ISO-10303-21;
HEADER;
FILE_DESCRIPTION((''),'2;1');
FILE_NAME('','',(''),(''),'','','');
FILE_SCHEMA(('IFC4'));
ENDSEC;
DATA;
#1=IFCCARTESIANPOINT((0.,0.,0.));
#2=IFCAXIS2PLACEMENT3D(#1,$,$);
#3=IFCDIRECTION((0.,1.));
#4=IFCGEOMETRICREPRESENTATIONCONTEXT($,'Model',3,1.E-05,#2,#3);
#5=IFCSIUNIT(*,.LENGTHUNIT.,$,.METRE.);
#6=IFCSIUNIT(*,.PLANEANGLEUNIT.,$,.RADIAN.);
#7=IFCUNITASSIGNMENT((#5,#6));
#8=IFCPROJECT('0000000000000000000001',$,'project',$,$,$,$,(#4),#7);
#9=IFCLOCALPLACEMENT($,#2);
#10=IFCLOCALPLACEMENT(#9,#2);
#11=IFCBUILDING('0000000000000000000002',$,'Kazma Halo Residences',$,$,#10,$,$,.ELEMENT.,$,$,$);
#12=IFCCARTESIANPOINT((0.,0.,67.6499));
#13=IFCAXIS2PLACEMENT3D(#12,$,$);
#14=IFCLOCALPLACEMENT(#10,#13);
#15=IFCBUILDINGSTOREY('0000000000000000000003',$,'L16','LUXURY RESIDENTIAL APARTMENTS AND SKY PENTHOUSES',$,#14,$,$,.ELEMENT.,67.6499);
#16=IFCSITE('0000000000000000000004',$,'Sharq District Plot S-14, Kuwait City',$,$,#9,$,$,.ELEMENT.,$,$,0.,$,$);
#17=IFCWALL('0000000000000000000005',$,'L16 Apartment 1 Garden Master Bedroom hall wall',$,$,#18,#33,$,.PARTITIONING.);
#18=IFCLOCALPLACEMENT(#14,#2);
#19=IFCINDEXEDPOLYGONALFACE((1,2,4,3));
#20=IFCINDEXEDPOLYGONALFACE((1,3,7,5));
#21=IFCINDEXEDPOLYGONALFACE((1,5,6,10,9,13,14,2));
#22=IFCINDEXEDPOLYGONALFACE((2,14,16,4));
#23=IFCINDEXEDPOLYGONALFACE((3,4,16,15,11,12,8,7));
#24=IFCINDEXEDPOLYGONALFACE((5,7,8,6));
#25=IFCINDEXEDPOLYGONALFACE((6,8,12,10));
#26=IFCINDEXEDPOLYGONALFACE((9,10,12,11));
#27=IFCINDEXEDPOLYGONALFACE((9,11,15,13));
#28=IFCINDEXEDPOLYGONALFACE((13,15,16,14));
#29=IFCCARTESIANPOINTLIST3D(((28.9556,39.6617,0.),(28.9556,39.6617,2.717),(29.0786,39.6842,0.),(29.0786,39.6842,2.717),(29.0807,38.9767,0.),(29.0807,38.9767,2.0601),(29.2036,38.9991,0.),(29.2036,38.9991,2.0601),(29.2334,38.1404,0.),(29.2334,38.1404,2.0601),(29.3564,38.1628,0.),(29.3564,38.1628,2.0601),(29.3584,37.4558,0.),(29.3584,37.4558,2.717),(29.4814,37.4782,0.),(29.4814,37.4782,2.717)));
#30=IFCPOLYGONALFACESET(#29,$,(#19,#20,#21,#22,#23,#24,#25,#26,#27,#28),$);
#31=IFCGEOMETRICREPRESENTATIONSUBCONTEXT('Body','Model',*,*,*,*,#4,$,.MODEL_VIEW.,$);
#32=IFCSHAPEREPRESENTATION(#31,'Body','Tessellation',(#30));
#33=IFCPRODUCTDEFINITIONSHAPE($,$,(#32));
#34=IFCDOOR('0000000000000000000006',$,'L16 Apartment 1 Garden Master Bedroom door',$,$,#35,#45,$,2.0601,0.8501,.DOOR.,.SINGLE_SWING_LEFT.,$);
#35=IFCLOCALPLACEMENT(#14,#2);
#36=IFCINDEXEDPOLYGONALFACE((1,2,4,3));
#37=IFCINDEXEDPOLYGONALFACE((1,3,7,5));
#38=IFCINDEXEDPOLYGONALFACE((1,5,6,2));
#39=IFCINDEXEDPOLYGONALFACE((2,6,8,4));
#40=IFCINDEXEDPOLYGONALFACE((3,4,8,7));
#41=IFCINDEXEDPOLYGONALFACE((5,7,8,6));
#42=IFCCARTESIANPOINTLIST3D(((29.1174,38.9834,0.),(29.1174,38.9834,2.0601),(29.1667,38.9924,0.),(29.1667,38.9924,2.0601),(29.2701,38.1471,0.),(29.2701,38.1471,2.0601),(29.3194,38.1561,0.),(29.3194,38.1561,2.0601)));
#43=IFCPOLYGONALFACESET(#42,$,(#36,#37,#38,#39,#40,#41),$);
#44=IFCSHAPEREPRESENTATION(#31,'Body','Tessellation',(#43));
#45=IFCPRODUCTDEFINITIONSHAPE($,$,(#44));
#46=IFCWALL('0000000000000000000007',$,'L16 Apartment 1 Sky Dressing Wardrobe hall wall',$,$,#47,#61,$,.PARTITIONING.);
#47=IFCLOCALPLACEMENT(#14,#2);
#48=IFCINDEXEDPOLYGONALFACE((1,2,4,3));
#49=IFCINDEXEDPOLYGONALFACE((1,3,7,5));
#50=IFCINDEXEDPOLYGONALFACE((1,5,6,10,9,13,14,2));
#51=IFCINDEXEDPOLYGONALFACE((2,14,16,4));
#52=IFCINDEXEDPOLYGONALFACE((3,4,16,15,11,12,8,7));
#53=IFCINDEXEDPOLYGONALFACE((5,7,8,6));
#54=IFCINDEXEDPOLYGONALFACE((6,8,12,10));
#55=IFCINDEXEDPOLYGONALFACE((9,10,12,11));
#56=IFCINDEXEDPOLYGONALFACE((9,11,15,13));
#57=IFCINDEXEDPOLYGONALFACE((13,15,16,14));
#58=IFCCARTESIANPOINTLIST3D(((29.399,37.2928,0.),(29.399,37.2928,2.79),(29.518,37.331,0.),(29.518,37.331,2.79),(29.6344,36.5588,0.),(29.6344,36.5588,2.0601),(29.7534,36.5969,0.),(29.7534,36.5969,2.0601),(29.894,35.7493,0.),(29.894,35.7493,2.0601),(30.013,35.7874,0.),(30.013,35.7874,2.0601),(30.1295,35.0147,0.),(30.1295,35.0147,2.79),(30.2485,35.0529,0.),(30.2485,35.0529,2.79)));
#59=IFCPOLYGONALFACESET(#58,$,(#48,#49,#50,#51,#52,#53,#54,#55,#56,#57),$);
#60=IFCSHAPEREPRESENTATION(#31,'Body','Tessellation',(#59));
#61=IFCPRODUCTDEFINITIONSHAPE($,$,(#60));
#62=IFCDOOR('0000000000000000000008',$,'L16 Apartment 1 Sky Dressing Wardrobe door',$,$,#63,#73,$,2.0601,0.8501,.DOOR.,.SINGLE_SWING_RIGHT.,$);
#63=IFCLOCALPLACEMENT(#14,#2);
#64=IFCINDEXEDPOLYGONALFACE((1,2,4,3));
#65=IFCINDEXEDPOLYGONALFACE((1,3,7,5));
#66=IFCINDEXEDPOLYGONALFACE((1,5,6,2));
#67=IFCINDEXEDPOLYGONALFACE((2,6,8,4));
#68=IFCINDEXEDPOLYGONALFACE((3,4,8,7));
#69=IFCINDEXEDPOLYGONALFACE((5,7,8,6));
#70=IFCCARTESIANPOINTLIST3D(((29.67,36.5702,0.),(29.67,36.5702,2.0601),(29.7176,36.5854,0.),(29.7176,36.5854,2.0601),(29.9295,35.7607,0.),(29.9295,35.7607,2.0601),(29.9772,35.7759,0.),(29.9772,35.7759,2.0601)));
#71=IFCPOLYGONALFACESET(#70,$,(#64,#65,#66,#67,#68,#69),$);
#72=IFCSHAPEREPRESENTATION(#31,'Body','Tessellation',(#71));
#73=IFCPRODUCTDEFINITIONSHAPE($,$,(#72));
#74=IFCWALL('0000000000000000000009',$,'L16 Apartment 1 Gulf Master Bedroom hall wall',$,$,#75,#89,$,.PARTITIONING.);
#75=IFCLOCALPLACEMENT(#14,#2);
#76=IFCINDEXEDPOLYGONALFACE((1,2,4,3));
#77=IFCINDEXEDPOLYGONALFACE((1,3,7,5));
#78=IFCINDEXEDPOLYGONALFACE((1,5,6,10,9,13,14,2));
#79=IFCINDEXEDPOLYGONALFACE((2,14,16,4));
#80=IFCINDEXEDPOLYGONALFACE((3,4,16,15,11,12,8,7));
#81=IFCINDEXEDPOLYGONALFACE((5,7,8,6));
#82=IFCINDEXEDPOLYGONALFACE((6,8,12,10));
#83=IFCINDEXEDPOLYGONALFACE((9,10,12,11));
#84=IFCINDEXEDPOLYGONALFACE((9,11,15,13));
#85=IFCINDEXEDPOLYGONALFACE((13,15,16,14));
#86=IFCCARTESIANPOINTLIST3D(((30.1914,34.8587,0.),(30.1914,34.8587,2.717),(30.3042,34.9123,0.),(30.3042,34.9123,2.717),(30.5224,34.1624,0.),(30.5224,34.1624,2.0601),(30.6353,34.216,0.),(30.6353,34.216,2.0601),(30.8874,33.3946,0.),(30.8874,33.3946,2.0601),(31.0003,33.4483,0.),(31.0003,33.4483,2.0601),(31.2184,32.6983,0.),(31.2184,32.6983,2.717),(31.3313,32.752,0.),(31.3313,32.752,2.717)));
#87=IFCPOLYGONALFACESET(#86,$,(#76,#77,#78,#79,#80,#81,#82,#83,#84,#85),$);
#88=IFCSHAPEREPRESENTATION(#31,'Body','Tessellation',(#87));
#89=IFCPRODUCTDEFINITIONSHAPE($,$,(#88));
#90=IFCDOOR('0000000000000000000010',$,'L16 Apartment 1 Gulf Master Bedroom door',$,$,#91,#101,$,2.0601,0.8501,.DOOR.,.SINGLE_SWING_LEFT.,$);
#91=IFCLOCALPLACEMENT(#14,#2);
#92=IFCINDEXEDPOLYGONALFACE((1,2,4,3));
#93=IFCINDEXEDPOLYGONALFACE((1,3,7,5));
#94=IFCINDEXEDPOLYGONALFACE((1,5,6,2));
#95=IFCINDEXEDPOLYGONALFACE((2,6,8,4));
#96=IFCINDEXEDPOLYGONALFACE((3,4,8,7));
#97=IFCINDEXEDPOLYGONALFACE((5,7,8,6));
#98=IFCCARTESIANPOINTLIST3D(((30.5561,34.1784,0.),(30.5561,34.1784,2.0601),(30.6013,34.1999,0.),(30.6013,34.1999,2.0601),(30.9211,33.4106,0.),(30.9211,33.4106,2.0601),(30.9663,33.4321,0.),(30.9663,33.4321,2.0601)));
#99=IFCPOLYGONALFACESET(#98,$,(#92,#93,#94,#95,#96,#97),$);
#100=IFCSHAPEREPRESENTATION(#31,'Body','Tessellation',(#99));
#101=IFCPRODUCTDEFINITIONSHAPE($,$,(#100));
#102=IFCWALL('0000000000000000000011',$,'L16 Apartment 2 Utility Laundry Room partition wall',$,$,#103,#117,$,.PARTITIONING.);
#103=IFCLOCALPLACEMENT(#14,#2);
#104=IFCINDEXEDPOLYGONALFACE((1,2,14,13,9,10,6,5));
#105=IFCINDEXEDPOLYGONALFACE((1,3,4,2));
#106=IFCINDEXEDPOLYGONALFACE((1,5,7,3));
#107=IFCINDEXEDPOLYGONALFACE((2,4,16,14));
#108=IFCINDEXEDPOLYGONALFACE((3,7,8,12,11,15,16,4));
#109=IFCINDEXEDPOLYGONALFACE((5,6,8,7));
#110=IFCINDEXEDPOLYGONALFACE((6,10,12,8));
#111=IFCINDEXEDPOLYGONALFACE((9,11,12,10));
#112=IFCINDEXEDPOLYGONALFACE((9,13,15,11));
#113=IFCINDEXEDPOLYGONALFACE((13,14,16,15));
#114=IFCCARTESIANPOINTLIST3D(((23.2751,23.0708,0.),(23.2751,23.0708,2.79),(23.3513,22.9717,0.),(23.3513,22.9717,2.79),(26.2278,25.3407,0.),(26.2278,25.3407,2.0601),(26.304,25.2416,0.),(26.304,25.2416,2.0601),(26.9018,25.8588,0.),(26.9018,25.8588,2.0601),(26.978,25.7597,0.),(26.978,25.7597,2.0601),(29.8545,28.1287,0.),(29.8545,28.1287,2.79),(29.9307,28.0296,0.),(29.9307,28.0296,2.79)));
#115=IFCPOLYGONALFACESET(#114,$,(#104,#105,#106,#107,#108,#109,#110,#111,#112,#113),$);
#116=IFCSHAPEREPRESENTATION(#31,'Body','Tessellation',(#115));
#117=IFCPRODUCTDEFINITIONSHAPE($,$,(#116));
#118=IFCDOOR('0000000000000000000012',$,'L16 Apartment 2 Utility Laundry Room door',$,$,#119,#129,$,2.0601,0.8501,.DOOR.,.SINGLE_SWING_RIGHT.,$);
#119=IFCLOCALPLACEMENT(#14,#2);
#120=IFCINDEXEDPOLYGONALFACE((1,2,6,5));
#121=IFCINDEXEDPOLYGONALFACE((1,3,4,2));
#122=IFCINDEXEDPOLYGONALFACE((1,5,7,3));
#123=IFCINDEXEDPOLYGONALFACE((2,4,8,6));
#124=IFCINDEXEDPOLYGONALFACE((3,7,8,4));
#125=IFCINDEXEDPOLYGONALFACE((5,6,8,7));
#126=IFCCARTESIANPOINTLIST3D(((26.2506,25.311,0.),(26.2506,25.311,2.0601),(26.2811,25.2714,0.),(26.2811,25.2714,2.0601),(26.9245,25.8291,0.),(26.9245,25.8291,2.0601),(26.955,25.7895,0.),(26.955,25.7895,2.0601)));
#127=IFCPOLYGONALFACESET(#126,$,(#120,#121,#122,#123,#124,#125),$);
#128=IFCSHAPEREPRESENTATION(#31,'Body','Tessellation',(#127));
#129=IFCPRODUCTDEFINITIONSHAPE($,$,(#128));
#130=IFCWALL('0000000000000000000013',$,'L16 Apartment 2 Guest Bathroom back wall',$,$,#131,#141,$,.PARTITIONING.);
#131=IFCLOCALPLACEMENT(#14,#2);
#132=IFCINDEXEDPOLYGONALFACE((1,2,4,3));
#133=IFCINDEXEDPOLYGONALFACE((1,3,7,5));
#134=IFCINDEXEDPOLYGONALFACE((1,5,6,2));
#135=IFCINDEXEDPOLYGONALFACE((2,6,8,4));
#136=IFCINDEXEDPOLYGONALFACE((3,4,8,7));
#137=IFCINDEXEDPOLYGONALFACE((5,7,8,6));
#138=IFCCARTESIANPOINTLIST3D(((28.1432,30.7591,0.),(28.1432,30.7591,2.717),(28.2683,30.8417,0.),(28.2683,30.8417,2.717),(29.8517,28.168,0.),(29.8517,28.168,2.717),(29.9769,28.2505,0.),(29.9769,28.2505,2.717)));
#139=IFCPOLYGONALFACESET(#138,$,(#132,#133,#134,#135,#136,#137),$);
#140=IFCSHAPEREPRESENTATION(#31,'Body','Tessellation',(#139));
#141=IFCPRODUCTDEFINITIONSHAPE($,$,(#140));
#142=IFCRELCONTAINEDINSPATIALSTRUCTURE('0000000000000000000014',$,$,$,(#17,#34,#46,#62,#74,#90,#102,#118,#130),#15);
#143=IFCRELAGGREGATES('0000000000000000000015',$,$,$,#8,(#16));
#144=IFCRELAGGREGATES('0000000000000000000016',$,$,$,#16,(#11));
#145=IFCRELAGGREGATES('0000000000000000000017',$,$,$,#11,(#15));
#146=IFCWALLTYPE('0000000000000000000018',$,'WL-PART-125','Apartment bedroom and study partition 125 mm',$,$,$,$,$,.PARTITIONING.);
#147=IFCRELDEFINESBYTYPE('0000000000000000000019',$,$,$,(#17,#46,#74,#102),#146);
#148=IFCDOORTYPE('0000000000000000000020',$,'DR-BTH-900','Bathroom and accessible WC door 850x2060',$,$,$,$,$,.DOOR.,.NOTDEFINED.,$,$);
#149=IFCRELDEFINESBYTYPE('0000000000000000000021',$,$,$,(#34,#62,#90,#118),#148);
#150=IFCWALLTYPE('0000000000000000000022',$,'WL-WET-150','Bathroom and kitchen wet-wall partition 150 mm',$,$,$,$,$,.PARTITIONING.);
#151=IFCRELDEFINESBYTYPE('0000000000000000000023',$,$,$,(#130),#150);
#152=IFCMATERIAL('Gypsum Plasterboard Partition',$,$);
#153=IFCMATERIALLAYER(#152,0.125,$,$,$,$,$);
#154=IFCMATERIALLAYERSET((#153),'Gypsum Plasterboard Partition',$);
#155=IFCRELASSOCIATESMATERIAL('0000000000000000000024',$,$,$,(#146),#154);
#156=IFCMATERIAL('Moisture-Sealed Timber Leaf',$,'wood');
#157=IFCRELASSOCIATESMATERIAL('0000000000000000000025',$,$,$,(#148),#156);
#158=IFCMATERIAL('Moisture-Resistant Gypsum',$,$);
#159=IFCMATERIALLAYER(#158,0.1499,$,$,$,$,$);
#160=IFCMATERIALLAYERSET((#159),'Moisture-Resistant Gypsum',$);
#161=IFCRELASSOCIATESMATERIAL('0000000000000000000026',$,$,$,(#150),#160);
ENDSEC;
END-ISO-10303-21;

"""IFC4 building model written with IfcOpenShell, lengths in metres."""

from ifc_helpers import new_model, si_unit, direction, frame, frame_2d, origin, place, context, subcontext, project, spatial, rectangle, extrude, material, layer, layer_set, type_object, element, fill, save


model = new_model("IFC4")

# Units and contexts
model_context = context("Model", 3, precision=1e-05, world=origin(), true_north=direction((0.0, 1.0)))
body_context = subcontext(model_context, "Body", "Model", "MODEL_VIEW")
ifc_project = project(units=[si_unit("LENGTHUNIT", "METRE"), si_unit("PLANEANGLEUNIT", "RADIAN")], contexts=[model_context])

# Site, building, storey
site_placement = place(None, origin())
site = spatial("IfcSite", under=ifc_project, at=site_placement, Name="Sharq District Plot S-14, Kuwait City", CompositionType="ELEMENT", RefElevation=0.0)
building_placement = place(site_placement, origin())
building = spatial("IfcBuilding", under=site, at=building_placement, Name="Kazma Halo Residences", CompositionType="ELEMENT")
storey_placement = place(building_placement, frame((0.0, 0.0, 67.6499)))
storey = spatial("IfcBuildingStorey", under=building, at=storey_placement, Name="L16", Description="LUXURY RESIDENTIAL APARTMENTS AND SKY PENTHOUSES", CompositionType="ELEMENT", Elevation=67.6499)

# Shared definitions
ifc_material_1 = material(Name="Gypsum Plasterboard Partition")
ifc_layer_1 = layer(ifc_material_1, 0.125)
ifc_layer_set_1 = layer_set([ifc_layer_1], Name="Gypsum Plasterboard Partition")
wall_type_1 = type_object("IfcWallType", Name="WL-PART-125", Description="Apartment bedroom and study partition 125 mm", PredefinedType="PARTITIONING", material=ifc_layer_set_1)

# Walls, openings, doors
wall_1_placement = place(storey_placement, frame((29.0171, 39.6729, 0.0), z_axis=(0.0, 0.0, 1.0), x_axis=(0.179633, -0.983734, 0.0)))
wall_1 = element("IfcWall", 1, at=wall_1_placement, inside=storey, type_object=wall_type_1, Name="L16 Apartment 1 Garden Master Bedroom hall wall", PredefinedType="PARTITIONING", context=body_context, shape_type="SweptSolid", body=[
    extrude(rectangle(XDim=2.2424, YDim=0.125, at=frame_2d((1.1211, 0.0))), origin(), (0.0, 0.0, 1.0), 2.717),
])
opening_1_placement = place(wall_1_placement, frame((0.6963, 0.0, 0.0)))
opening_1 = element("IfcOpeningElement", 2, at=opening_1_placement, cuts=wall_1, PredefinedType="OPENING", context=body_context, shape_type="SweptSolid", body=[
    extrude(rectangle(XDim=0.8501, YDim=2.0601, at=frame_2d((0.425, 1.03))), frame((0.0, 0.0725, 0.0), z_axis=(0.0, -1.0, 0.0), x_axis=(1.0, 0.0, 0.0)), (0.0, 0.0, 1.0), 0.145),
])
ifc_material_2 = material(Name="Moisture-Sealed Timber Leaf", Category="wood")
door_type = type_object("IfcDoorType", Name="DR-BTH-900", Description="Bathroom and accessible WC door 850x2060", OperationType="NOTDEFINED", PredefinedType="DOOR", material=ifc_material_2)
door_1_placement = place(opening_1_placement, origin())
door_1 = element("IfcDoor", 3, at=door_1_placement, inside=storey, type_object=door_type, Name="L16 Apartment 1 Garden Master Bedroom door", OperationType="SINGLE_SWING_LEFT", OverallHeight=2.0601, OverallWidth=0.8501, PredefinedType="DOOR", context=body_context, shape_type="SweptSolid", body=[
    extrude(rectangle(XDim=0.8501, YDim=2.0601, at=frame_2d((0.425, 1.03))), frame((0.0, 0.0249, 0.0), z_axis=(0.0, -1.0, 0.0), x_axis=(1.0, 0.0, 0.0)), (0.0, 0.0, 1.0), 0.05),
])
fill(opening_1, door_1)
wall_2_placement = place(storey_placement, frame((29.4585, 37.312, 0.0), z_axis=(0.0, 0.0, 1.0), x_axis=(0.305339, -0.952244, 0.0)))
wall_2 = element("IfcWall", 4, at=wall_2_placement, inside=storey, type_object=wall_type_1, Name="L16 Apartment 1 Sky Dressing Wardrobe hall wall", PredefinedType="PARTITIONING", context=body_context, shape_type="SweptSolid", body=[
    extrude(rectangle(XDim=2.3923, YDim=0.125, at=frame_2d((1.1963, 0.0))), origin(), (0.0, 0.0, 1.0), 2.79),
])
opening_2_placement = place(wall_2_placement, frame((0.771, 0.0, 0.0)))
opening_2 = element("IfcOpeningElement", 5, at=opening_2_placement, cuts=wall_2, PredefinedType="OPENING", context=body_context, shape_type="SweptSolid", body=[
    extrude(rectangle(XDim=0.8501, YDim=2.0601, at=frame_2d((0.425, 1.03))), frame((0.0, 0.0725, 0.0), z_axis=(0.0, -1.0, 0.0), x_axis=(1.0, 0.0, 0.0)), (0.0, 0.0, 1.0), 0.145),
])
door_2_placement = place(opening_2_placement, origin())
door_2 = element("IfcDoor", 6, at=door_2_placement, inside=storey, type_object=door_type, Name="L16 Apartment 1 Sky Dressing Wardrobe door", OperationType="SINGLE_SWING_RIGHT", OverallHeight=2.0601, OverallWidth=0.8501, PredefinedType="DOOR", context=body_context, shape_type="SweptSolid", body=[
    extrude(rectangle(XDim=0.8501, YDim=2.0601, at=frame_2d((0.425, 1.03))), frame((0.0, 0.0249, 0.0), z_axis=(0.0, -1.0, 0.0), x_axis=(1.0, 0.0, 0.0)), (0.0, 0.0, 1.0), 0.05),
])
fill(opening_2, door_2)
wall_3_placement = place(storey_placement, frame((30.2478, 34.8855, 0.0), z_axis=(0.0, 0.0, 1.0), x_axis=(0.429367, -0.90313, 0.0)))
wall_3 = element("IfcWall", 7, at=wall_3_placement, inside=storey, type_object=wall_type_1, Name="L16 Apartment 1 Gulf Master Bedroom hall wall", PredefinedType="PARTITIONING", context=body_context, shape_type="SweptSolid", body=[
    extrude(rectangle(XDim=2.3921, YDim=0.125, at=frame_2d((1.196, 0.0))), origin(), (0.0, 0.0, 1.0), 2.717),
])
opening_3_placement = place(wall_3_placement, frame((0.771, 0.0, 0.0)))
opening_3 = element("IfcOpeningElement", 8, at=opening_3_placement, cuts=wall_3, PredefinedType="OPENING", context=body_context, shape_type="SweptSolid", body=[
    extrude(rectangle(XDim=0.8501, YDim=2.0601, at=frame_2d((0.425, 1.03))), frame((0.0, 0.0725, 0.0), z_axis=(0.0, -1.0, 0.0), x_axis=(1.0, 0.0, 0.0)), (0.0, 0.0, 1.0), 0.145),
])
door_3_placement = place(opening_3_placement, origin())
door_3 = element("IfcDoor", 9, at=door_3_placement, inside=storey, type_object=door_type, Name="L16 Apartment 1 Gulf Master Bedroom door", OperationType="SINGLE_SWING_LEFT", OverallHeight=2.0601, OverallWidth=0.8501, PredefinedType="DOOR", context=body_context, shape_type="SweptSolid", body=[
    extrude(rectangle(XDim=0.8501, YDim=2.0601, at=frame_2d((0.425, 1.03))), frame((0.0, 0.0249, 0.0), z_axis=(0.0, -1.0, 0.0), x_axis=(1.0, 0.0, 0.0)), (0.0, 0.0, 1.0), 0.05),
])
fill(opening_3, door_3)
wall_4_placement = place(storey_placement, frame((29.8926, 28.0791, 0.0), z_axis=(0.0, 0.0, 1.0), x_axis=(-0.792809, -0.60947, 0.0)))
wall_4 = element("IfcWall", 10, at=wall_4_placement, inside=storey, type_object=wall_type_1, Name="L16 Apartment 2 Utility Laundry Room partition wall", PredefinedType="PARTITIONING", context=body_context, shape_type="SweptSolid", body=[
    extrude(rectangle(XDim=8.2988, YDim=0.125, at=frame_2d((4.1494, 0.0))), origin(), (0.0, 0.0, 1.0), 2.79),
])
opening_4_placement = place(wall_4_placement, frame((3.7244, 0.0, 0.0)))
opening_4 = element("IfcOpeningElement", 11, at=opening_4_placement, cuts=wall_4, PredefinedType="OPENING", context=body_context, shape_type="SweptSolid", body=[
    extrude(rectangle(XDim=0.8501, YDim=2.0601, at=frame_2d((0.425, 1.03))), frame((0.0, 0.0725, 0.0), z_axis=(0.0, -1.0, 0.0), x_axis=(1.0, 0.0, 0.0)), (0.0, 0.0, 1.0), 0.145),
])
door_4_placement = place(opening_4_placement, origin())
door_4 = element("IfcDoor", 12, at=door_4_placement, inside=storey, type_object=door_type, Name="L16 Apartment 2 Utility Laundry Room door", OperationType="SINGLE_SWING_RIGHT", OverallHeight=2.0601, OverallWidth=0.8501, PredefinedType="DOOR", context=body_context, shape_type="SweptSolid", body=[
    extrude(rectangle(XDim=0.8501, YDim=2.0601, at=frame_2d((0.425, 1.03))), frame((0.0, 0.0249, 0.0), z_axis=(0.0, -1.0, 0.0), x_axis=(1.0, 0.0, 0.0)), (0.0, 0.0, 1.0), 0.05),
])
fill(opening_4, door_4)

# Wall
ifc_material_3 = material(Name="Moisture-Resistant Gypsum")
ifc_layer_2 = layer(ifc_material_3, 0.1499)
ifc_layer_set_2 = layer_set([ifc_layer_2], Name="Moisture-Resistant Gypsum")
wall_type_2 = type_object("IfcWallType", Name="WL-WET-150", Description="Bathroom and kitchen wet-wall partition 150 mm", PredefinedType="PARTITIONING", material=ifc_layer_set_2)
wall_5_placement = place(storey_placement, frame((28.2058, 30.8003, 0.0), z_axis=(0.0, 0.0, 1.0), x_axis=(0.550482, -0.834847, 0.0)))
element("IfcWall", 13, at=wall_5_placement, inside=storey, type_object=wall_type_2, Name="L16 Apartment 2 Guest Bathroom back wall", PredefinedType="PARTITIONING", context=body_context, shape_type="SweptSolid", body=[
    extrude(rectangle(XDim=3.1038, YDim=0.1499, at=frame_2d((1.5518, 0.0))), origin(), (0.0, 0.0, 1.0), 2.717),
])

save(model, "model.ifc")
